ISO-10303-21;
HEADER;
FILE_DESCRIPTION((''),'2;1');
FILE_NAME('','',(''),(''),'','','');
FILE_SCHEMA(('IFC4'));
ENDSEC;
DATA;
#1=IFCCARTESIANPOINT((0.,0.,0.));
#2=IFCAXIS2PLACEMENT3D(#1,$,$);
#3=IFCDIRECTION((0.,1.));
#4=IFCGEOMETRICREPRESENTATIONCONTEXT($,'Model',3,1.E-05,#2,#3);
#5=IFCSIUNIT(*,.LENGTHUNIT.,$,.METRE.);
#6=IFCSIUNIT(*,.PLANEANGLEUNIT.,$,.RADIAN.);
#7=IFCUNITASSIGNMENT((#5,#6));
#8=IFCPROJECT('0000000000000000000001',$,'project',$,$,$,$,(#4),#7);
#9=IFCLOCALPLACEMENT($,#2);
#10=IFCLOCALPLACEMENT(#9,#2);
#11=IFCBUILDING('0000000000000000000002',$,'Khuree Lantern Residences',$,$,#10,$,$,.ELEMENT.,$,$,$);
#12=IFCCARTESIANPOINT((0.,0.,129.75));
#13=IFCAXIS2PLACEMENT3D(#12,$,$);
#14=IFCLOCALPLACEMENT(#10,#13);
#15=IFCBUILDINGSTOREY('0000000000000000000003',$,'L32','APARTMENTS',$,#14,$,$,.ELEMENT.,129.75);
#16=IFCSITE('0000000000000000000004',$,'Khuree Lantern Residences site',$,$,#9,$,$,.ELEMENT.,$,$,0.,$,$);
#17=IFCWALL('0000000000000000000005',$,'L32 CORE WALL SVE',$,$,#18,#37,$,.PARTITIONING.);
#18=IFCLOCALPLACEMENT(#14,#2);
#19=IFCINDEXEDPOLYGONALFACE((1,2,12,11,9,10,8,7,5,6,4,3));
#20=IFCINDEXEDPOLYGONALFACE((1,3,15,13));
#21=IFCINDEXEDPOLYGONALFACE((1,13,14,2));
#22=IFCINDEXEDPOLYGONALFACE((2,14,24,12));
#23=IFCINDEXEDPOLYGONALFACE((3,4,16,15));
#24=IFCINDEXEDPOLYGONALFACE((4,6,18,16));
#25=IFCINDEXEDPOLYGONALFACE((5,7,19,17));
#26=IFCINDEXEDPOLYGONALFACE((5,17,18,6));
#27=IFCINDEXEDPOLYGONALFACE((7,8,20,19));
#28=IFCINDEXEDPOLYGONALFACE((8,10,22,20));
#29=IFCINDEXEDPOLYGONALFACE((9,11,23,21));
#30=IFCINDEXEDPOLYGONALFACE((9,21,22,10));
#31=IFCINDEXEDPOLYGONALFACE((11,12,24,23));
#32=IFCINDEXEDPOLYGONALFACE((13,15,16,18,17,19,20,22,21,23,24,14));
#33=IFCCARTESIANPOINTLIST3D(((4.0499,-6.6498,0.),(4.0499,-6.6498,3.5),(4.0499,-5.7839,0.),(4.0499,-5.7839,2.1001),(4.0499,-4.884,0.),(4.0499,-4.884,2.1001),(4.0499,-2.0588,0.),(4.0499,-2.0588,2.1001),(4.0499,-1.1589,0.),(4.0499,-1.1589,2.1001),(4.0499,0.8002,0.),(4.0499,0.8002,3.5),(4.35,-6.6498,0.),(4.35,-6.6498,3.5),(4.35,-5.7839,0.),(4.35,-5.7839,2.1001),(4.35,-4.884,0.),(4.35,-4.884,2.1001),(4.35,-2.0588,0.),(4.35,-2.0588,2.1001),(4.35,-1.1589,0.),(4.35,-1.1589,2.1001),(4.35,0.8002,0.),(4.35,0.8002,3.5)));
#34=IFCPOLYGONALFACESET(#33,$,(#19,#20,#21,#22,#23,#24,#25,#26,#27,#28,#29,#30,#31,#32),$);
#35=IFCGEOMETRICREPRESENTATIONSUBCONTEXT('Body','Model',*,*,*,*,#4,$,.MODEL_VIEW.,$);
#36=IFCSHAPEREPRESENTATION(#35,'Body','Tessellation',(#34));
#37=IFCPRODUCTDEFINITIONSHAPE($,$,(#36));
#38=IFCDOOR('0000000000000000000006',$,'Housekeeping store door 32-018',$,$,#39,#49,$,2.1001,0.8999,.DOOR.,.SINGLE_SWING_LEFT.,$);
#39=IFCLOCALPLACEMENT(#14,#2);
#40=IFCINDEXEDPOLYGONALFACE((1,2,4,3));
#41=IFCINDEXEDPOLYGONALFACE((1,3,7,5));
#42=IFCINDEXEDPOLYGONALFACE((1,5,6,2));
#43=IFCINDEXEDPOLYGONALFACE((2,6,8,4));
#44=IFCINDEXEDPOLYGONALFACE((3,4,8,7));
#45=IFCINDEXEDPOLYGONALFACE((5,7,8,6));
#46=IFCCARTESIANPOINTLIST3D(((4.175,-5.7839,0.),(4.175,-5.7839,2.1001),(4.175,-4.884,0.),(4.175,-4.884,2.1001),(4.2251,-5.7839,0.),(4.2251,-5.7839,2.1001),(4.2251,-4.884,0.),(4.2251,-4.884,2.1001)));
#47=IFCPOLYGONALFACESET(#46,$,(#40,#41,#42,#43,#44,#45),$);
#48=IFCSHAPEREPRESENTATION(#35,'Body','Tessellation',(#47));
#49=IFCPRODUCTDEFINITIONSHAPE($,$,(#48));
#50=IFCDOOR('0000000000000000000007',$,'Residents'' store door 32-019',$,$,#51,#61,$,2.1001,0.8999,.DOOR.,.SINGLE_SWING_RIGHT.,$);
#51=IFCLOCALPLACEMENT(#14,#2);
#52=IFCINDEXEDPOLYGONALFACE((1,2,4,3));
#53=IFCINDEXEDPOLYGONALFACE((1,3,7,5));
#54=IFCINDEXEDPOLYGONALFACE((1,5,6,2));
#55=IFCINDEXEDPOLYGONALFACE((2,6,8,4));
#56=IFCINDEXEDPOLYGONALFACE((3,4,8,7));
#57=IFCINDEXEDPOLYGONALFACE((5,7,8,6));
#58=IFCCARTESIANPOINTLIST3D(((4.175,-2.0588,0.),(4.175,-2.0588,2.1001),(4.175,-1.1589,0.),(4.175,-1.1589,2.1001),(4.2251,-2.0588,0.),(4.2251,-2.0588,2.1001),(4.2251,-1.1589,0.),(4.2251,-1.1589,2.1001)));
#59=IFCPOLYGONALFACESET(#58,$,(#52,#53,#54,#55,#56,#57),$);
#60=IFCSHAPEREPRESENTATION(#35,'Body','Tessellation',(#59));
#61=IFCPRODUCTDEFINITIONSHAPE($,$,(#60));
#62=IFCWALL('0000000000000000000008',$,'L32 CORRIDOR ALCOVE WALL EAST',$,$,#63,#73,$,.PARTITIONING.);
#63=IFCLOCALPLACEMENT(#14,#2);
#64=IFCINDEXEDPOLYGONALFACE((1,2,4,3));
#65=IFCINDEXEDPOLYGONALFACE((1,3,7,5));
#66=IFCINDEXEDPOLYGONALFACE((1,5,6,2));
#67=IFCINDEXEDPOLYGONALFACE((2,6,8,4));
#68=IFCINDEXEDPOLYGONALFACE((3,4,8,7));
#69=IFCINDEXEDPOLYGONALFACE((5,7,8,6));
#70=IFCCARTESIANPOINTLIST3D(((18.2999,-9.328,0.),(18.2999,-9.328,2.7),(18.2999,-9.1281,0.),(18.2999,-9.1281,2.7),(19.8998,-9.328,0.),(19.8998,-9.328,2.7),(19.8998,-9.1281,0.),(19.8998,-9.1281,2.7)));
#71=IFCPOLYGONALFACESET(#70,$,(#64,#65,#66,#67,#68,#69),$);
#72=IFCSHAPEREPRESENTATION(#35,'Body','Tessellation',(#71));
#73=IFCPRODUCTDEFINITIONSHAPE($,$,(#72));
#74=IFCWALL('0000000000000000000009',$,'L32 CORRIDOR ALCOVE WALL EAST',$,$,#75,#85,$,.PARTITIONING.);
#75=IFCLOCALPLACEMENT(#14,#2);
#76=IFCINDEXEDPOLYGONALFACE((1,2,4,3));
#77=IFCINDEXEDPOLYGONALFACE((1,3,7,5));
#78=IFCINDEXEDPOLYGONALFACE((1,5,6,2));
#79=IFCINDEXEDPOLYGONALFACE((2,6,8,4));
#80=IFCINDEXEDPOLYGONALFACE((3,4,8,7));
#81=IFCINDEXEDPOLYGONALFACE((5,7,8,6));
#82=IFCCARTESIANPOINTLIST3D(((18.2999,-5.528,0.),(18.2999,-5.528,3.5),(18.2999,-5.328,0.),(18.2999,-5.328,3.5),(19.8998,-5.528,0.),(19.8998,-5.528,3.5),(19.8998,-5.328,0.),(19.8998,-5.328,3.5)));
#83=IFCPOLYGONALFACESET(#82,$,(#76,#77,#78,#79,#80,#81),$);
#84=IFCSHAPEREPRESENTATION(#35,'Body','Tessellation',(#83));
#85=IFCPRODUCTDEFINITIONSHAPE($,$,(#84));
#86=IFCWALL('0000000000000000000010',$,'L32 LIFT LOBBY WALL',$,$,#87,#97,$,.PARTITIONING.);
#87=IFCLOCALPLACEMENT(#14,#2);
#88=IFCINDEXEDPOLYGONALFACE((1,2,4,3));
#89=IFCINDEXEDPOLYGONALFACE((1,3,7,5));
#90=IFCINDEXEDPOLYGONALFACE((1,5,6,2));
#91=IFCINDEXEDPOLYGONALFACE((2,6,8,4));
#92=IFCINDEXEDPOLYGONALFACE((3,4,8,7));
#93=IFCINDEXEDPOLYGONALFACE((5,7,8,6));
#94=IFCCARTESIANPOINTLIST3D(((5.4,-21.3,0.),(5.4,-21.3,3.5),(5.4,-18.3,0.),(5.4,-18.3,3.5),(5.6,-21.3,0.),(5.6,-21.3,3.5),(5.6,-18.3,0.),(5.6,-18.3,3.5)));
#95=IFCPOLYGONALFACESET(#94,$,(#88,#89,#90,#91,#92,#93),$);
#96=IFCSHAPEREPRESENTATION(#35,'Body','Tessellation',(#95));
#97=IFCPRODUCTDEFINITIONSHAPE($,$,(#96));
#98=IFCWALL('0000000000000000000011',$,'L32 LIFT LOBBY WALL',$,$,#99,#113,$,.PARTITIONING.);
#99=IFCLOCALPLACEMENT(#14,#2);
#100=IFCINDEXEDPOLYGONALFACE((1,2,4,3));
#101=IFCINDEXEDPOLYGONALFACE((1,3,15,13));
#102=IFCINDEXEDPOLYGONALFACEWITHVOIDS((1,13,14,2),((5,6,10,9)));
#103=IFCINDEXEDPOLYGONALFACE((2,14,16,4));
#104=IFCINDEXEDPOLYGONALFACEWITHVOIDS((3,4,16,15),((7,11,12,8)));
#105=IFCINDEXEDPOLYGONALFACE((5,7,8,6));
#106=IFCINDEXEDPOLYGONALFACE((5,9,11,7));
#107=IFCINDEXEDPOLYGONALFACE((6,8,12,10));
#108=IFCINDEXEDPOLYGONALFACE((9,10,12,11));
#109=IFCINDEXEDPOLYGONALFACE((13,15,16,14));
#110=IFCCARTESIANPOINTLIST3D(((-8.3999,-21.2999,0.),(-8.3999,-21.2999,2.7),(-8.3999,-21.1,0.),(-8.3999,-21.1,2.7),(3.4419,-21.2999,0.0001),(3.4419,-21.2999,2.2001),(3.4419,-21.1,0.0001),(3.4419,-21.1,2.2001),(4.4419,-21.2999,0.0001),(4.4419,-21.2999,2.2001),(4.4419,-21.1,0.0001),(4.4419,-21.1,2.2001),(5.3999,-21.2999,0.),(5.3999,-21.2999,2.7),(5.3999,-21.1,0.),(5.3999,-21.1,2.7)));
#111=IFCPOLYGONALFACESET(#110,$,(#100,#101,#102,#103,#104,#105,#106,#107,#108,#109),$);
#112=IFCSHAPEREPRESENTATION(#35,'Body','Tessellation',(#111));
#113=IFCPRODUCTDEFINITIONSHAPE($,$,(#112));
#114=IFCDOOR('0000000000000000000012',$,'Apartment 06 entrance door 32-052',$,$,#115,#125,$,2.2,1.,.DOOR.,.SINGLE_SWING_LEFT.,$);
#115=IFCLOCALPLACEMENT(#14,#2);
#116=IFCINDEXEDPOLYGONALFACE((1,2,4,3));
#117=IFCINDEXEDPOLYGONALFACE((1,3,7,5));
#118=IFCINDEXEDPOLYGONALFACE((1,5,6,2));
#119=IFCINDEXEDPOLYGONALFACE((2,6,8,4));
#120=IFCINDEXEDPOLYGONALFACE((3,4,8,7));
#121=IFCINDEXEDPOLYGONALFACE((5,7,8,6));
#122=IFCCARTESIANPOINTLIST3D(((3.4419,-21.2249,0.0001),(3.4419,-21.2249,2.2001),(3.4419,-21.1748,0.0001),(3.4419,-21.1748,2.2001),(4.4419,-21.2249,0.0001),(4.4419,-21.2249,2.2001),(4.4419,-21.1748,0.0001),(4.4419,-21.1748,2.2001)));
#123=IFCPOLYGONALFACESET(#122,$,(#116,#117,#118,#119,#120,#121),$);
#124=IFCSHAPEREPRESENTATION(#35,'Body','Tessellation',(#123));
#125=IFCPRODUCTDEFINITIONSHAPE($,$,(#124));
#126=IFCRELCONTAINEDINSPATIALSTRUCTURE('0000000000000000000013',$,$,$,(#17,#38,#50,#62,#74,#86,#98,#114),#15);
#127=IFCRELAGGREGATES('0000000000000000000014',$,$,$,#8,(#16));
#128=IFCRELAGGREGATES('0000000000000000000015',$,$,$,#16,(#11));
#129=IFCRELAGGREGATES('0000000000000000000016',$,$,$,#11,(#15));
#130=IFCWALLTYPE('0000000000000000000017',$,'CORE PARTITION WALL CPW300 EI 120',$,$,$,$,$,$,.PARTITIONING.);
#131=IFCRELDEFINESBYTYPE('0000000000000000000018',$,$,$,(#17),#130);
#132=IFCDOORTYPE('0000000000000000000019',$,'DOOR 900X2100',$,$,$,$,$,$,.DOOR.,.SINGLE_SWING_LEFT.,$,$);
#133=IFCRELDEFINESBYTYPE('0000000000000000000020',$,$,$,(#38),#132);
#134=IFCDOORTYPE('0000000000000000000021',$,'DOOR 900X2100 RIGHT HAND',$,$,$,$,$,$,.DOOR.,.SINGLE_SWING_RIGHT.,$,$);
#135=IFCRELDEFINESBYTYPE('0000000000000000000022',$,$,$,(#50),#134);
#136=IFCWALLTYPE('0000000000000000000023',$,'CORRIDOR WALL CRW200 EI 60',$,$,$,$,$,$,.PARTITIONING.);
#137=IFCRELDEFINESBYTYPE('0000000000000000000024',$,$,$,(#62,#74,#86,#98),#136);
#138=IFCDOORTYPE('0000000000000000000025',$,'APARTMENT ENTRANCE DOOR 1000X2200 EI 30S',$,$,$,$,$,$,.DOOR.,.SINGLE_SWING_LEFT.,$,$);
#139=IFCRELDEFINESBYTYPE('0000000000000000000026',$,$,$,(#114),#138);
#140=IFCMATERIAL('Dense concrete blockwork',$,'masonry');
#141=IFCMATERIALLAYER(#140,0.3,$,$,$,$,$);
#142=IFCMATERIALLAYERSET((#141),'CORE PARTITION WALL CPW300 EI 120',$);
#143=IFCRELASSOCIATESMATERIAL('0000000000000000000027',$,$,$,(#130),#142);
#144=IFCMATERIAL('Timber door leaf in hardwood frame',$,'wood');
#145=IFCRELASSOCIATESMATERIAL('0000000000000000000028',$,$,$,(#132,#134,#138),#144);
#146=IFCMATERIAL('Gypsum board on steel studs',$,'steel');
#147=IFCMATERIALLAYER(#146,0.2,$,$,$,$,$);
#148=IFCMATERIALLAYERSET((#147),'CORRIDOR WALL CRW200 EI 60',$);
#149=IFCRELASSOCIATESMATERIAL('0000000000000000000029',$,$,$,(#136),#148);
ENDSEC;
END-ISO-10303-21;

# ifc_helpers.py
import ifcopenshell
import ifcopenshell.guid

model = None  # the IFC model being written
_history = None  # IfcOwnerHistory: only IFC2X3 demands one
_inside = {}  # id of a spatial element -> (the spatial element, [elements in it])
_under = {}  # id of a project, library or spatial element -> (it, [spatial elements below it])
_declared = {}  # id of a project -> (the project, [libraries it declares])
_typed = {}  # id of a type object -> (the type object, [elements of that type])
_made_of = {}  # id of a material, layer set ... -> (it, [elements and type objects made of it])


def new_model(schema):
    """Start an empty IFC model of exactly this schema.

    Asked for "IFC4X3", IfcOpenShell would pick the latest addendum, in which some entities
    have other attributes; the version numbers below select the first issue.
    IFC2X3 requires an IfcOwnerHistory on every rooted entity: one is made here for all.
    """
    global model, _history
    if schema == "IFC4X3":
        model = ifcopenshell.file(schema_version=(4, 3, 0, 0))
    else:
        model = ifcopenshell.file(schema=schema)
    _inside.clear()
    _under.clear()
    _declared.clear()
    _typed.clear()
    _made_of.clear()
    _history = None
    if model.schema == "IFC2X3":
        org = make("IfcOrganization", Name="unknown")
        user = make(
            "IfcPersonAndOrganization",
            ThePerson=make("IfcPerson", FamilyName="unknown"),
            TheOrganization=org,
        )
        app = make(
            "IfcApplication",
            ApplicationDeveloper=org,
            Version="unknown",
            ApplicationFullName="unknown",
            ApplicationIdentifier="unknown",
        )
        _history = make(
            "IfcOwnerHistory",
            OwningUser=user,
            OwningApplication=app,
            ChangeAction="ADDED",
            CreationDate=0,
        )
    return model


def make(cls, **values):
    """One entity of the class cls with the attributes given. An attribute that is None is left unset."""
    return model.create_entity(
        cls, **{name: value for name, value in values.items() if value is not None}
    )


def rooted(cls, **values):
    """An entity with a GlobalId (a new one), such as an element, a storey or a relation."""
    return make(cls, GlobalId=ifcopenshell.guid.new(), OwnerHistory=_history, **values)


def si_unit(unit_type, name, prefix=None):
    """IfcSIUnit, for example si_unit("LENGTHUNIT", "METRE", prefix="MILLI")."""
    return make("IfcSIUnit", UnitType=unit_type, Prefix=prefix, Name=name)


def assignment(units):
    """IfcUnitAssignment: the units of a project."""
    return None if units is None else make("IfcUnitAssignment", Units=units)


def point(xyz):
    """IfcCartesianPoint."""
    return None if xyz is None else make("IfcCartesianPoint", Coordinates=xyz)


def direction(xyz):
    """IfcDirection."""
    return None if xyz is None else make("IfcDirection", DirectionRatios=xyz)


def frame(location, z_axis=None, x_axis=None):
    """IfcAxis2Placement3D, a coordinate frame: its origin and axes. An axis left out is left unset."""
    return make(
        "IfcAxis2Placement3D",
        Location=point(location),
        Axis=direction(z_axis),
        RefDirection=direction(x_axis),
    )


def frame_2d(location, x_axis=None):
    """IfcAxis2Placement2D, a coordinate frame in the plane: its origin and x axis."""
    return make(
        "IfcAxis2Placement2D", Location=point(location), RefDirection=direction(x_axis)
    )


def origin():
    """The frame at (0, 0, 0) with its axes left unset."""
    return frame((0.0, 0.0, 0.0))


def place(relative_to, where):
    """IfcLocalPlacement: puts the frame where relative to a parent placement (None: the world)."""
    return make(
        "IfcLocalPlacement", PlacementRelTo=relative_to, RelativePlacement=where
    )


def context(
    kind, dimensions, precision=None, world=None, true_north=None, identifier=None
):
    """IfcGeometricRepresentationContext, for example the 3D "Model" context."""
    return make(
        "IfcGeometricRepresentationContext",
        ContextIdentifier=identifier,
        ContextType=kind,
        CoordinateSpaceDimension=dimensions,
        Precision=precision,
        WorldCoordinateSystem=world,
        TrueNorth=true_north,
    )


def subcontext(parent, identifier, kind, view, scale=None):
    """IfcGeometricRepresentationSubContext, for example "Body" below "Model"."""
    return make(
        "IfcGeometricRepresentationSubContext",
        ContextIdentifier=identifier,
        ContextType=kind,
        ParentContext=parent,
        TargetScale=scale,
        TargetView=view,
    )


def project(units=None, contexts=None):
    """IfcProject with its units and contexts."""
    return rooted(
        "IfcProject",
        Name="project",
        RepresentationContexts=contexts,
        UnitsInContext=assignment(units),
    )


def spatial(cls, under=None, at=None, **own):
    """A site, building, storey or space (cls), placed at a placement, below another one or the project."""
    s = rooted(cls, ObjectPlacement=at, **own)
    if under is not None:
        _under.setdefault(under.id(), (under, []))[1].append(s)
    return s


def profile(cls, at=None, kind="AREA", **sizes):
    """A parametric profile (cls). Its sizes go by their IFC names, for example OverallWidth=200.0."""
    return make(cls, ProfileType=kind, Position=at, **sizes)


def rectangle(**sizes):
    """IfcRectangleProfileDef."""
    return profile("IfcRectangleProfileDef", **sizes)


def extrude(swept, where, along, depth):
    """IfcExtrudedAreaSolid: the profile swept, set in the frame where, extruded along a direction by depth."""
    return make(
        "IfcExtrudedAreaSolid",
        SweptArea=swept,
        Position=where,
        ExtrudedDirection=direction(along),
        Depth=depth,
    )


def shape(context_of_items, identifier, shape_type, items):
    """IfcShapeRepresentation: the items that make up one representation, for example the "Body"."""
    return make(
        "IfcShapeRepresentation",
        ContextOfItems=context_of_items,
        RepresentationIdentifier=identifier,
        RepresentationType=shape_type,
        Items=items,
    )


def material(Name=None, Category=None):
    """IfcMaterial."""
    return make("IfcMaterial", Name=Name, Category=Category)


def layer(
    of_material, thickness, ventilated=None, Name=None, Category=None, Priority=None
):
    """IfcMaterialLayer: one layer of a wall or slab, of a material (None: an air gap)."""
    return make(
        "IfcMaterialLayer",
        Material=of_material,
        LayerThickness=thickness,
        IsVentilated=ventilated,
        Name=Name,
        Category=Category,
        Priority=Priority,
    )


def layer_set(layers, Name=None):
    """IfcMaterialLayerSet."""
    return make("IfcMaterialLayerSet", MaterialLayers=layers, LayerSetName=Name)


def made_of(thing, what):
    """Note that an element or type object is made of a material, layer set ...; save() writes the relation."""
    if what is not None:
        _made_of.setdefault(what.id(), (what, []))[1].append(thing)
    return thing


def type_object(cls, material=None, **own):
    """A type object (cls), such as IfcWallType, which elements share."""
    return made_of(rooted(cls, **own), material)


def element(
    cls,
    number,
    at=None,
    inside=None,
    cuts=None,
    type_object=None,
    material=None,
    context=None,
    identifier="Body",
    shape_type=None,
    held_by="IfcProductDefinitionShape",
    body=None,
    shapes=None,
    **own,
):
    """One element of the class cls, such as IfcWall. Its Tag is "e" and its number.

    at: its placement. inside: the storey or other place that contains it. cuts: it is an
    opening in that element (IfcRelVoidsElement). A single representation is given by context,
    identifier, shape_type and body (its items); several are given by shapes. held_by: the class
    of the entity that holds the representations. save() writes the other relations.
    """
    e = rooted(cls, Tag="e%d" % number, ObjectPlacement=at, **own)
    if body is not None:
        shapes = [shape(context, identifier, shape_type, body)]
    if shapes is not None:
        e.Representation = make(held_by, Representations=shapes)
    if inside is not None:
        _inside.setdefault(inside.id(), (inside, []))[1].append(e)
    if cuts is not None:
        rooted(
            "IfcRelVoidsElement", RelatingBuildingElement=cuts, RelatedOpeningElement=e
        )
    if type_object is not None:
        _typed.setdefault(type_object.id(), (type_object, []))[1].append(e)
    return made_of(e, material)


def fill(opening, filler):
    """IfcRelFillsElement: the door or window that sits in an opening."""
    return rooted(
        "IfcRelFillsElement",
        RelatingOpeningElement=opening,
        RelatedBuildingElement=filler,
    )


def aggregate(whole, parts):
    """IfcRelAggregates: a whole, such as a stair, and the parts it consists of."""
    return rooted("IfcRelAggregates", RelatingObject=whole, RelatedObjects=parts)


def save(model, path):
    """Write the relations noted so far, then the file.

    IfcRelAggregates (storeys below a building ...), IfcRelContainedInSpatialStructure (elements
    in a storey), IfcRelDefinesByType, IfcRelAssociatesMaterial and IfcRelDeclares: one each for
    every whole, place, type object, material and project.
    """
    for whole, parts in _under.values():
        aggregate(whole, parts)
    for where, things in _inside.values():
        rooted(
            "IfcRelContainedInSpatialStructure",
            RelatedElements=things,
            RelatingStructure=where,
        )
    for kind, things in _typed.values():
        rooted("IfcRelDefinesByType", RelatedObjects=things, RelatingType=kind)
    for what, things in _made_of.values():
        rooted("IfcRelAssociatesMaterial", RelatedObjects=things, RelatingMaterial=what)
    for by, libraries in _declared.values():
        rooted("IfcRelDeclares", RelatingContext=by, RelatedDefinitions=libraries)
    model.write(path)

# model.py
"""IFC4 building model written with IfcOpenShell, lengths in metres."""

from ifc_helpers import new_model, si_unit, direction, frame, frame_2d, origin, place, context, subcontext, project, spatial, rectangle, extrude, material, layer, layer_set, type_object, element, fill, save


model = new_model("IFC4")

# Units and contexts
model_context = context("Model", 3, precision=1e-05, world=origin(), true_north=direction((0.0, 1.0)))
body_context = subcontext(model_context, "Body", "Model", "MODEL_VIEW")
ifc_project = project(units=[si_unit("LENGTHUNIT", "METRE"), si_unit("PLANEANGLEUNIT", "RADIAN")], contexts=[model_context])

# Site, building, storey
site_placement = place(None, origin())
site = spatial("IfcSite", under=ifc_project, at=site_placement, Name="Khuree Lantern Residences site", CompositionType="ELEMENT", RefElevation=0.0)
building_placement = place(site_placement, origin())
building = spatial("IfcBuilding", under=site, at=building_placement, Name="Khuree Lantern Residences", CompositionType="ELEMENT")
storey_placement = place(building_placement, frame((0.0, 0.0, 129.75)))
storey = spatial("IfcBuildingStorey", under=building, at=storey_placement, Name="L32", Description="APARTMENTS", CompositionType="ELEMENT", Elevation=129.75)

# Shared definitions
ifc_material_1 = material(Name="Timber door leaf in hardwood frame", Category="wood")

# Shared definitions
ifc_material_2 = material(Name="Dense concrete blockwork", Category="masonry")
ifc_layer_1 = layer(ifc_material_2, 0.3)
ifc_layer_set_1 = layer_set([ifc_layer_1], Name="CORE PARTITION WALL CPW300 EI 120")
wall_type_1 = type_object("IfcWallType", Name="CORE PARTITION WALL CPW300 EI 120", PredefinedType="PARTITIONING", material=ifc_layer_set_1)

# Wall, openings, doors
wall_1_placement = place(storey_placement, frame((4.2, -6.6499, 0.0), z_axis=(0.0, 0.0, 1.0), x_axis=(0.0, 1.0, 0.0)))
wall_1 = element("IfcWall", 1, at=wall_1_placement, inside=storey, type_object=wall_type_1, Name="L32 CORE WALL SVE", PredefinedType="PARTITIONING", context=body_context, shape_type="SweptSolid", body=[
    extrude(rectangle(XDim=7.45, YDim=0.3, at=frame_2d((3.7251, 0.0))), origin(), (0.0, 0.0, 1.0), 3.5),
])
opening_1_placement = place(wall_1_placement, frame((0.866, 0.0, 0.0)))
opening_1 = element("IfcOpeningElement", 2, at=opening_1_placement, cuts=wall_1, PredefinedType="OPENING", context=body_context, shape_type="SweptSolid", body=[
    extrude(rectangle(XDim=0.8999, YDim=2.1001, at=frame_2d((0.45, 1.05))), frame((0.0, 0.1602, 0.0), z_axis=(0.0, -1.0, 0.0), x_axis=(1.0, 0.0, 0.0)), (0.0, 0.0, 1.0), 0.3201),
])
opening_2_placement = place(wall_1_placement, frame((4.5911, 0.0, 0.0)))
opening_2 = element("IfcOpeningElement", 3, at=opening_2_placement, cuts=wall_1, PredefinedType="OPENING", context=body_context, shape_type="SweptSolid", body=[
    extrude(rectangle(XDim=0.8999, YDim=2.1001, at=frame_2d((0.45, 1.05))), frame((0.0, 0.1602, 0.0), z_axis=(0.0, -1.0, 0.0), x_axis=(1.0, 0.0, 0.0)), (0.0, 0.0, 1.0), 0.3201),
])
door_type_1 = type_object("IfcDoorType", Name="DOOR 900X2100", OperationType="SINGLE_SWING_LEFT", PredefinedType="DOOR", material=ifc_material_1)
door_1_placement = place(opening_1_placement, origin())
door_1 = element("IfcDoor", 4, at=door_1_placement, inside=storey, type_object=door_type_1, Name="Housekeeping store door 32-018", OperationType="SINGLE_SWING_LEFT", OverallHeight=2.1001, OverallWidth=0.8999, PredefinedType="DOOR", context=body_context, shape_type="SweptSolid", body=[
    extrude(rectangle(XDim=0.8999, YDim=2.1001, at=frame_2d((0.45, 1.05))), frame((0.0, 0.0249, 0.0), z_axis=(0.0, -1.0, 0.0), x_axis=(1.0, 0.0, 0.0)), (0.0, 0.0, 1.0), 0.05),
])
fill(opening_1, door_1)
door_type_2 = type_object("IfcDoorType", Name="DOOR 900X2100 RIGHT HAND", OperationType="SINGLE_SWING_RIGHT", PredefinedType="DOOR", material=ifc_material_1)
door_2_placement = place(opening_2_placement, origin())
door_2 = element("IfcDoor", 5, at=door_2_placement, inside=storey, type_object=door_type_2, Name="Residents' store door 32-019", OperationType="SINGLE_SWING_RIGHT", OverallHeight=2.1001, OverallWidth=0.8999, PredefinedType="DOOR", context=body_context, shape_type="SweptSolid", body=[
    extrude(rectangle(XDim=0.8999, YDim=2.1001, at=frame_2d((0.45, 1.05))), frame((0.0, 0.0249, 0.0), z_axis=(0.0, -1.0, 0.0), x_axis=(1.0, 0.0, 0.0)), (0.0, 0.0, 1.0), 0.05),
])
fill(opening_2, door_2)

# Walls
ifc_material_3 = material(Name="Gypsum board on steel studs", Category="steel")
ifc_layer_2 = layer(ifc_material_3, 0.2)
ifc_layer_set_2 = layer_set([ifc_layer_2], Name="CORRIDOR WALL CRW200 EI 60")
wall_type_2 = type_object("IfcWallType", Name="CORRIDOR WALL CRW200 EI 60", PredefinedType="PARTITIONING", material=ifc_layer_set_2)
wall_2_placement = place(storey_placement, frame((18.3, -9.228, 0.0), z_axis=(0.0, 0.0, 1.0), x_axis=(1.0, 0.0, 0.0)))
element("IfcWall", 6, at=wall_2_placement, inside=storey, type_object=wall_type_2, Name="L32 CORRIDOR ALCOVE WALL EAST", PredefinedType="PARTITIONING", context=body_context, shape_type="SweptSolid", body=[
    extrude(rectangle(XDim=1.5999, YDim=0.2, at=frame_2d((0.7998, 0.0))), origin(), (0.0, 0.0, 1.0), 2.7),
])
wall_3_placement = place(storey_placement, frame((18.3, -5.428, 0.0), z_axis=(0.0, 0.0, 1.0), x_axis=(1.0, 0.0, 0.0)))
element("IfcWall", 7, at=wall_3_placement, inside=storey, type_object=wall_type_2, Name="L32 CORRIDOR ALCOVE WALL EAST", PredefinedType="PARTITIONING", context=body_context, shape_type="SweptSolid", body=[
    extrude(rectangle(XDim=1.5999, YDim=0.2, at=frame_2d((0.7998, 0.0))), origin(), (0.0, 0.0, 1.0), 3.5),
])
wall_4_placement = place(storey_placement, frame((5.5, -18.3, 0.0), z_axis=(0.0, 0.0, 1.0), x_axis=(0.0, -1.0, 0.0)))
element("IfcWall", 8, at=wall_4_placement, inside=storey, type_object=wall_type_2, Name="L32 LIFT LOBBY WALL", PredefinedType="PARTITIONING", context=body_context, shape_type="SweptSolid", body=[
    extrude(rectangle(XDim=3.0, YDim=0.2, at=frame_2d((1.5, 0.0))), origin(), (0.0, 0.0, 1.0), 3.5),
])

# Wall, opening, door
wall_5_placement = place(storey_placement, frame((5.3999, -21.2, 0.0), z_axis=(0.0, 0.0, 1.0), x_axis=(-1.0, 0.0, 0.0)))
wall_5 = element("IfcWall", 9, at=wall_5_placement, inside=storey, type_object=wall_type_2, Name="L32 LIFT LOBBY WALL", PredefinedType="PARTITIONING", context=body_context, shape_type="SweptSolid", body=[
    extrude(rectangle(XDim=13.7998, YDim=0.2, at=frame_2d((6.8999, 0.0))), origin(), (0.0, 0.0, 1.0), 2.7),
])
opening_3_placement = place(wall_5_placement, frame((0.958, 0.0, 0.0)))
opening_3 = element("IfcOpeningElement", 10, at=opening_3_placement, cuts=wall_5, PredefinedType="OPENING", context=body_context, shape_type="SweptSolid", body=[
    extrude(rectangle(XDim=1.0, YDim=2.2, at=frame_2d((0.5, 1.1001))), frame((0.0, 0.1099, 0.0), z_axis=(0.0, -1.0, 0.0), x_axis=(1.0, 0.0, 0.0)), (0.0, 0.0, 1.0), 0.22),
])
door_type_3 = type_object("IfcDoorType", Name="APARTMENT ENTRANCE DOOR 1000X2200 EI 30S", OperationType="SINGLE_SWING_LEFT", PredefinedType="DOOR", material=ifc_material_1)
door_3_placement = place(opening_3_placement, origin())
door_3 = element("IfcDoor", 11, at=door_3_placement, inside=storey, type_object=door_type_3, Name="Apartment 06 entrance door 32-052", OperationType="SINGLE_SWING_LEFT", OverallHeight=2.2, OverallWidth=1.0, PredefinedType="DOOR", context=body_context, shape_type="SweptSolid", body=[
    extrude(rectangle(XDim=1.0, YDim=2.2, at=frame_2d((0.5, 1.1001))), frame((0.0, 0.0249, 0.0), z_axis=(0.0, -1.0, 0.0), x_axis=(1.0, 0.0, 0.0)), (0.0, 0.0, 1.0), 0.05),
])
fill(opening_3, door_3)

save(model, "model.ifc")
